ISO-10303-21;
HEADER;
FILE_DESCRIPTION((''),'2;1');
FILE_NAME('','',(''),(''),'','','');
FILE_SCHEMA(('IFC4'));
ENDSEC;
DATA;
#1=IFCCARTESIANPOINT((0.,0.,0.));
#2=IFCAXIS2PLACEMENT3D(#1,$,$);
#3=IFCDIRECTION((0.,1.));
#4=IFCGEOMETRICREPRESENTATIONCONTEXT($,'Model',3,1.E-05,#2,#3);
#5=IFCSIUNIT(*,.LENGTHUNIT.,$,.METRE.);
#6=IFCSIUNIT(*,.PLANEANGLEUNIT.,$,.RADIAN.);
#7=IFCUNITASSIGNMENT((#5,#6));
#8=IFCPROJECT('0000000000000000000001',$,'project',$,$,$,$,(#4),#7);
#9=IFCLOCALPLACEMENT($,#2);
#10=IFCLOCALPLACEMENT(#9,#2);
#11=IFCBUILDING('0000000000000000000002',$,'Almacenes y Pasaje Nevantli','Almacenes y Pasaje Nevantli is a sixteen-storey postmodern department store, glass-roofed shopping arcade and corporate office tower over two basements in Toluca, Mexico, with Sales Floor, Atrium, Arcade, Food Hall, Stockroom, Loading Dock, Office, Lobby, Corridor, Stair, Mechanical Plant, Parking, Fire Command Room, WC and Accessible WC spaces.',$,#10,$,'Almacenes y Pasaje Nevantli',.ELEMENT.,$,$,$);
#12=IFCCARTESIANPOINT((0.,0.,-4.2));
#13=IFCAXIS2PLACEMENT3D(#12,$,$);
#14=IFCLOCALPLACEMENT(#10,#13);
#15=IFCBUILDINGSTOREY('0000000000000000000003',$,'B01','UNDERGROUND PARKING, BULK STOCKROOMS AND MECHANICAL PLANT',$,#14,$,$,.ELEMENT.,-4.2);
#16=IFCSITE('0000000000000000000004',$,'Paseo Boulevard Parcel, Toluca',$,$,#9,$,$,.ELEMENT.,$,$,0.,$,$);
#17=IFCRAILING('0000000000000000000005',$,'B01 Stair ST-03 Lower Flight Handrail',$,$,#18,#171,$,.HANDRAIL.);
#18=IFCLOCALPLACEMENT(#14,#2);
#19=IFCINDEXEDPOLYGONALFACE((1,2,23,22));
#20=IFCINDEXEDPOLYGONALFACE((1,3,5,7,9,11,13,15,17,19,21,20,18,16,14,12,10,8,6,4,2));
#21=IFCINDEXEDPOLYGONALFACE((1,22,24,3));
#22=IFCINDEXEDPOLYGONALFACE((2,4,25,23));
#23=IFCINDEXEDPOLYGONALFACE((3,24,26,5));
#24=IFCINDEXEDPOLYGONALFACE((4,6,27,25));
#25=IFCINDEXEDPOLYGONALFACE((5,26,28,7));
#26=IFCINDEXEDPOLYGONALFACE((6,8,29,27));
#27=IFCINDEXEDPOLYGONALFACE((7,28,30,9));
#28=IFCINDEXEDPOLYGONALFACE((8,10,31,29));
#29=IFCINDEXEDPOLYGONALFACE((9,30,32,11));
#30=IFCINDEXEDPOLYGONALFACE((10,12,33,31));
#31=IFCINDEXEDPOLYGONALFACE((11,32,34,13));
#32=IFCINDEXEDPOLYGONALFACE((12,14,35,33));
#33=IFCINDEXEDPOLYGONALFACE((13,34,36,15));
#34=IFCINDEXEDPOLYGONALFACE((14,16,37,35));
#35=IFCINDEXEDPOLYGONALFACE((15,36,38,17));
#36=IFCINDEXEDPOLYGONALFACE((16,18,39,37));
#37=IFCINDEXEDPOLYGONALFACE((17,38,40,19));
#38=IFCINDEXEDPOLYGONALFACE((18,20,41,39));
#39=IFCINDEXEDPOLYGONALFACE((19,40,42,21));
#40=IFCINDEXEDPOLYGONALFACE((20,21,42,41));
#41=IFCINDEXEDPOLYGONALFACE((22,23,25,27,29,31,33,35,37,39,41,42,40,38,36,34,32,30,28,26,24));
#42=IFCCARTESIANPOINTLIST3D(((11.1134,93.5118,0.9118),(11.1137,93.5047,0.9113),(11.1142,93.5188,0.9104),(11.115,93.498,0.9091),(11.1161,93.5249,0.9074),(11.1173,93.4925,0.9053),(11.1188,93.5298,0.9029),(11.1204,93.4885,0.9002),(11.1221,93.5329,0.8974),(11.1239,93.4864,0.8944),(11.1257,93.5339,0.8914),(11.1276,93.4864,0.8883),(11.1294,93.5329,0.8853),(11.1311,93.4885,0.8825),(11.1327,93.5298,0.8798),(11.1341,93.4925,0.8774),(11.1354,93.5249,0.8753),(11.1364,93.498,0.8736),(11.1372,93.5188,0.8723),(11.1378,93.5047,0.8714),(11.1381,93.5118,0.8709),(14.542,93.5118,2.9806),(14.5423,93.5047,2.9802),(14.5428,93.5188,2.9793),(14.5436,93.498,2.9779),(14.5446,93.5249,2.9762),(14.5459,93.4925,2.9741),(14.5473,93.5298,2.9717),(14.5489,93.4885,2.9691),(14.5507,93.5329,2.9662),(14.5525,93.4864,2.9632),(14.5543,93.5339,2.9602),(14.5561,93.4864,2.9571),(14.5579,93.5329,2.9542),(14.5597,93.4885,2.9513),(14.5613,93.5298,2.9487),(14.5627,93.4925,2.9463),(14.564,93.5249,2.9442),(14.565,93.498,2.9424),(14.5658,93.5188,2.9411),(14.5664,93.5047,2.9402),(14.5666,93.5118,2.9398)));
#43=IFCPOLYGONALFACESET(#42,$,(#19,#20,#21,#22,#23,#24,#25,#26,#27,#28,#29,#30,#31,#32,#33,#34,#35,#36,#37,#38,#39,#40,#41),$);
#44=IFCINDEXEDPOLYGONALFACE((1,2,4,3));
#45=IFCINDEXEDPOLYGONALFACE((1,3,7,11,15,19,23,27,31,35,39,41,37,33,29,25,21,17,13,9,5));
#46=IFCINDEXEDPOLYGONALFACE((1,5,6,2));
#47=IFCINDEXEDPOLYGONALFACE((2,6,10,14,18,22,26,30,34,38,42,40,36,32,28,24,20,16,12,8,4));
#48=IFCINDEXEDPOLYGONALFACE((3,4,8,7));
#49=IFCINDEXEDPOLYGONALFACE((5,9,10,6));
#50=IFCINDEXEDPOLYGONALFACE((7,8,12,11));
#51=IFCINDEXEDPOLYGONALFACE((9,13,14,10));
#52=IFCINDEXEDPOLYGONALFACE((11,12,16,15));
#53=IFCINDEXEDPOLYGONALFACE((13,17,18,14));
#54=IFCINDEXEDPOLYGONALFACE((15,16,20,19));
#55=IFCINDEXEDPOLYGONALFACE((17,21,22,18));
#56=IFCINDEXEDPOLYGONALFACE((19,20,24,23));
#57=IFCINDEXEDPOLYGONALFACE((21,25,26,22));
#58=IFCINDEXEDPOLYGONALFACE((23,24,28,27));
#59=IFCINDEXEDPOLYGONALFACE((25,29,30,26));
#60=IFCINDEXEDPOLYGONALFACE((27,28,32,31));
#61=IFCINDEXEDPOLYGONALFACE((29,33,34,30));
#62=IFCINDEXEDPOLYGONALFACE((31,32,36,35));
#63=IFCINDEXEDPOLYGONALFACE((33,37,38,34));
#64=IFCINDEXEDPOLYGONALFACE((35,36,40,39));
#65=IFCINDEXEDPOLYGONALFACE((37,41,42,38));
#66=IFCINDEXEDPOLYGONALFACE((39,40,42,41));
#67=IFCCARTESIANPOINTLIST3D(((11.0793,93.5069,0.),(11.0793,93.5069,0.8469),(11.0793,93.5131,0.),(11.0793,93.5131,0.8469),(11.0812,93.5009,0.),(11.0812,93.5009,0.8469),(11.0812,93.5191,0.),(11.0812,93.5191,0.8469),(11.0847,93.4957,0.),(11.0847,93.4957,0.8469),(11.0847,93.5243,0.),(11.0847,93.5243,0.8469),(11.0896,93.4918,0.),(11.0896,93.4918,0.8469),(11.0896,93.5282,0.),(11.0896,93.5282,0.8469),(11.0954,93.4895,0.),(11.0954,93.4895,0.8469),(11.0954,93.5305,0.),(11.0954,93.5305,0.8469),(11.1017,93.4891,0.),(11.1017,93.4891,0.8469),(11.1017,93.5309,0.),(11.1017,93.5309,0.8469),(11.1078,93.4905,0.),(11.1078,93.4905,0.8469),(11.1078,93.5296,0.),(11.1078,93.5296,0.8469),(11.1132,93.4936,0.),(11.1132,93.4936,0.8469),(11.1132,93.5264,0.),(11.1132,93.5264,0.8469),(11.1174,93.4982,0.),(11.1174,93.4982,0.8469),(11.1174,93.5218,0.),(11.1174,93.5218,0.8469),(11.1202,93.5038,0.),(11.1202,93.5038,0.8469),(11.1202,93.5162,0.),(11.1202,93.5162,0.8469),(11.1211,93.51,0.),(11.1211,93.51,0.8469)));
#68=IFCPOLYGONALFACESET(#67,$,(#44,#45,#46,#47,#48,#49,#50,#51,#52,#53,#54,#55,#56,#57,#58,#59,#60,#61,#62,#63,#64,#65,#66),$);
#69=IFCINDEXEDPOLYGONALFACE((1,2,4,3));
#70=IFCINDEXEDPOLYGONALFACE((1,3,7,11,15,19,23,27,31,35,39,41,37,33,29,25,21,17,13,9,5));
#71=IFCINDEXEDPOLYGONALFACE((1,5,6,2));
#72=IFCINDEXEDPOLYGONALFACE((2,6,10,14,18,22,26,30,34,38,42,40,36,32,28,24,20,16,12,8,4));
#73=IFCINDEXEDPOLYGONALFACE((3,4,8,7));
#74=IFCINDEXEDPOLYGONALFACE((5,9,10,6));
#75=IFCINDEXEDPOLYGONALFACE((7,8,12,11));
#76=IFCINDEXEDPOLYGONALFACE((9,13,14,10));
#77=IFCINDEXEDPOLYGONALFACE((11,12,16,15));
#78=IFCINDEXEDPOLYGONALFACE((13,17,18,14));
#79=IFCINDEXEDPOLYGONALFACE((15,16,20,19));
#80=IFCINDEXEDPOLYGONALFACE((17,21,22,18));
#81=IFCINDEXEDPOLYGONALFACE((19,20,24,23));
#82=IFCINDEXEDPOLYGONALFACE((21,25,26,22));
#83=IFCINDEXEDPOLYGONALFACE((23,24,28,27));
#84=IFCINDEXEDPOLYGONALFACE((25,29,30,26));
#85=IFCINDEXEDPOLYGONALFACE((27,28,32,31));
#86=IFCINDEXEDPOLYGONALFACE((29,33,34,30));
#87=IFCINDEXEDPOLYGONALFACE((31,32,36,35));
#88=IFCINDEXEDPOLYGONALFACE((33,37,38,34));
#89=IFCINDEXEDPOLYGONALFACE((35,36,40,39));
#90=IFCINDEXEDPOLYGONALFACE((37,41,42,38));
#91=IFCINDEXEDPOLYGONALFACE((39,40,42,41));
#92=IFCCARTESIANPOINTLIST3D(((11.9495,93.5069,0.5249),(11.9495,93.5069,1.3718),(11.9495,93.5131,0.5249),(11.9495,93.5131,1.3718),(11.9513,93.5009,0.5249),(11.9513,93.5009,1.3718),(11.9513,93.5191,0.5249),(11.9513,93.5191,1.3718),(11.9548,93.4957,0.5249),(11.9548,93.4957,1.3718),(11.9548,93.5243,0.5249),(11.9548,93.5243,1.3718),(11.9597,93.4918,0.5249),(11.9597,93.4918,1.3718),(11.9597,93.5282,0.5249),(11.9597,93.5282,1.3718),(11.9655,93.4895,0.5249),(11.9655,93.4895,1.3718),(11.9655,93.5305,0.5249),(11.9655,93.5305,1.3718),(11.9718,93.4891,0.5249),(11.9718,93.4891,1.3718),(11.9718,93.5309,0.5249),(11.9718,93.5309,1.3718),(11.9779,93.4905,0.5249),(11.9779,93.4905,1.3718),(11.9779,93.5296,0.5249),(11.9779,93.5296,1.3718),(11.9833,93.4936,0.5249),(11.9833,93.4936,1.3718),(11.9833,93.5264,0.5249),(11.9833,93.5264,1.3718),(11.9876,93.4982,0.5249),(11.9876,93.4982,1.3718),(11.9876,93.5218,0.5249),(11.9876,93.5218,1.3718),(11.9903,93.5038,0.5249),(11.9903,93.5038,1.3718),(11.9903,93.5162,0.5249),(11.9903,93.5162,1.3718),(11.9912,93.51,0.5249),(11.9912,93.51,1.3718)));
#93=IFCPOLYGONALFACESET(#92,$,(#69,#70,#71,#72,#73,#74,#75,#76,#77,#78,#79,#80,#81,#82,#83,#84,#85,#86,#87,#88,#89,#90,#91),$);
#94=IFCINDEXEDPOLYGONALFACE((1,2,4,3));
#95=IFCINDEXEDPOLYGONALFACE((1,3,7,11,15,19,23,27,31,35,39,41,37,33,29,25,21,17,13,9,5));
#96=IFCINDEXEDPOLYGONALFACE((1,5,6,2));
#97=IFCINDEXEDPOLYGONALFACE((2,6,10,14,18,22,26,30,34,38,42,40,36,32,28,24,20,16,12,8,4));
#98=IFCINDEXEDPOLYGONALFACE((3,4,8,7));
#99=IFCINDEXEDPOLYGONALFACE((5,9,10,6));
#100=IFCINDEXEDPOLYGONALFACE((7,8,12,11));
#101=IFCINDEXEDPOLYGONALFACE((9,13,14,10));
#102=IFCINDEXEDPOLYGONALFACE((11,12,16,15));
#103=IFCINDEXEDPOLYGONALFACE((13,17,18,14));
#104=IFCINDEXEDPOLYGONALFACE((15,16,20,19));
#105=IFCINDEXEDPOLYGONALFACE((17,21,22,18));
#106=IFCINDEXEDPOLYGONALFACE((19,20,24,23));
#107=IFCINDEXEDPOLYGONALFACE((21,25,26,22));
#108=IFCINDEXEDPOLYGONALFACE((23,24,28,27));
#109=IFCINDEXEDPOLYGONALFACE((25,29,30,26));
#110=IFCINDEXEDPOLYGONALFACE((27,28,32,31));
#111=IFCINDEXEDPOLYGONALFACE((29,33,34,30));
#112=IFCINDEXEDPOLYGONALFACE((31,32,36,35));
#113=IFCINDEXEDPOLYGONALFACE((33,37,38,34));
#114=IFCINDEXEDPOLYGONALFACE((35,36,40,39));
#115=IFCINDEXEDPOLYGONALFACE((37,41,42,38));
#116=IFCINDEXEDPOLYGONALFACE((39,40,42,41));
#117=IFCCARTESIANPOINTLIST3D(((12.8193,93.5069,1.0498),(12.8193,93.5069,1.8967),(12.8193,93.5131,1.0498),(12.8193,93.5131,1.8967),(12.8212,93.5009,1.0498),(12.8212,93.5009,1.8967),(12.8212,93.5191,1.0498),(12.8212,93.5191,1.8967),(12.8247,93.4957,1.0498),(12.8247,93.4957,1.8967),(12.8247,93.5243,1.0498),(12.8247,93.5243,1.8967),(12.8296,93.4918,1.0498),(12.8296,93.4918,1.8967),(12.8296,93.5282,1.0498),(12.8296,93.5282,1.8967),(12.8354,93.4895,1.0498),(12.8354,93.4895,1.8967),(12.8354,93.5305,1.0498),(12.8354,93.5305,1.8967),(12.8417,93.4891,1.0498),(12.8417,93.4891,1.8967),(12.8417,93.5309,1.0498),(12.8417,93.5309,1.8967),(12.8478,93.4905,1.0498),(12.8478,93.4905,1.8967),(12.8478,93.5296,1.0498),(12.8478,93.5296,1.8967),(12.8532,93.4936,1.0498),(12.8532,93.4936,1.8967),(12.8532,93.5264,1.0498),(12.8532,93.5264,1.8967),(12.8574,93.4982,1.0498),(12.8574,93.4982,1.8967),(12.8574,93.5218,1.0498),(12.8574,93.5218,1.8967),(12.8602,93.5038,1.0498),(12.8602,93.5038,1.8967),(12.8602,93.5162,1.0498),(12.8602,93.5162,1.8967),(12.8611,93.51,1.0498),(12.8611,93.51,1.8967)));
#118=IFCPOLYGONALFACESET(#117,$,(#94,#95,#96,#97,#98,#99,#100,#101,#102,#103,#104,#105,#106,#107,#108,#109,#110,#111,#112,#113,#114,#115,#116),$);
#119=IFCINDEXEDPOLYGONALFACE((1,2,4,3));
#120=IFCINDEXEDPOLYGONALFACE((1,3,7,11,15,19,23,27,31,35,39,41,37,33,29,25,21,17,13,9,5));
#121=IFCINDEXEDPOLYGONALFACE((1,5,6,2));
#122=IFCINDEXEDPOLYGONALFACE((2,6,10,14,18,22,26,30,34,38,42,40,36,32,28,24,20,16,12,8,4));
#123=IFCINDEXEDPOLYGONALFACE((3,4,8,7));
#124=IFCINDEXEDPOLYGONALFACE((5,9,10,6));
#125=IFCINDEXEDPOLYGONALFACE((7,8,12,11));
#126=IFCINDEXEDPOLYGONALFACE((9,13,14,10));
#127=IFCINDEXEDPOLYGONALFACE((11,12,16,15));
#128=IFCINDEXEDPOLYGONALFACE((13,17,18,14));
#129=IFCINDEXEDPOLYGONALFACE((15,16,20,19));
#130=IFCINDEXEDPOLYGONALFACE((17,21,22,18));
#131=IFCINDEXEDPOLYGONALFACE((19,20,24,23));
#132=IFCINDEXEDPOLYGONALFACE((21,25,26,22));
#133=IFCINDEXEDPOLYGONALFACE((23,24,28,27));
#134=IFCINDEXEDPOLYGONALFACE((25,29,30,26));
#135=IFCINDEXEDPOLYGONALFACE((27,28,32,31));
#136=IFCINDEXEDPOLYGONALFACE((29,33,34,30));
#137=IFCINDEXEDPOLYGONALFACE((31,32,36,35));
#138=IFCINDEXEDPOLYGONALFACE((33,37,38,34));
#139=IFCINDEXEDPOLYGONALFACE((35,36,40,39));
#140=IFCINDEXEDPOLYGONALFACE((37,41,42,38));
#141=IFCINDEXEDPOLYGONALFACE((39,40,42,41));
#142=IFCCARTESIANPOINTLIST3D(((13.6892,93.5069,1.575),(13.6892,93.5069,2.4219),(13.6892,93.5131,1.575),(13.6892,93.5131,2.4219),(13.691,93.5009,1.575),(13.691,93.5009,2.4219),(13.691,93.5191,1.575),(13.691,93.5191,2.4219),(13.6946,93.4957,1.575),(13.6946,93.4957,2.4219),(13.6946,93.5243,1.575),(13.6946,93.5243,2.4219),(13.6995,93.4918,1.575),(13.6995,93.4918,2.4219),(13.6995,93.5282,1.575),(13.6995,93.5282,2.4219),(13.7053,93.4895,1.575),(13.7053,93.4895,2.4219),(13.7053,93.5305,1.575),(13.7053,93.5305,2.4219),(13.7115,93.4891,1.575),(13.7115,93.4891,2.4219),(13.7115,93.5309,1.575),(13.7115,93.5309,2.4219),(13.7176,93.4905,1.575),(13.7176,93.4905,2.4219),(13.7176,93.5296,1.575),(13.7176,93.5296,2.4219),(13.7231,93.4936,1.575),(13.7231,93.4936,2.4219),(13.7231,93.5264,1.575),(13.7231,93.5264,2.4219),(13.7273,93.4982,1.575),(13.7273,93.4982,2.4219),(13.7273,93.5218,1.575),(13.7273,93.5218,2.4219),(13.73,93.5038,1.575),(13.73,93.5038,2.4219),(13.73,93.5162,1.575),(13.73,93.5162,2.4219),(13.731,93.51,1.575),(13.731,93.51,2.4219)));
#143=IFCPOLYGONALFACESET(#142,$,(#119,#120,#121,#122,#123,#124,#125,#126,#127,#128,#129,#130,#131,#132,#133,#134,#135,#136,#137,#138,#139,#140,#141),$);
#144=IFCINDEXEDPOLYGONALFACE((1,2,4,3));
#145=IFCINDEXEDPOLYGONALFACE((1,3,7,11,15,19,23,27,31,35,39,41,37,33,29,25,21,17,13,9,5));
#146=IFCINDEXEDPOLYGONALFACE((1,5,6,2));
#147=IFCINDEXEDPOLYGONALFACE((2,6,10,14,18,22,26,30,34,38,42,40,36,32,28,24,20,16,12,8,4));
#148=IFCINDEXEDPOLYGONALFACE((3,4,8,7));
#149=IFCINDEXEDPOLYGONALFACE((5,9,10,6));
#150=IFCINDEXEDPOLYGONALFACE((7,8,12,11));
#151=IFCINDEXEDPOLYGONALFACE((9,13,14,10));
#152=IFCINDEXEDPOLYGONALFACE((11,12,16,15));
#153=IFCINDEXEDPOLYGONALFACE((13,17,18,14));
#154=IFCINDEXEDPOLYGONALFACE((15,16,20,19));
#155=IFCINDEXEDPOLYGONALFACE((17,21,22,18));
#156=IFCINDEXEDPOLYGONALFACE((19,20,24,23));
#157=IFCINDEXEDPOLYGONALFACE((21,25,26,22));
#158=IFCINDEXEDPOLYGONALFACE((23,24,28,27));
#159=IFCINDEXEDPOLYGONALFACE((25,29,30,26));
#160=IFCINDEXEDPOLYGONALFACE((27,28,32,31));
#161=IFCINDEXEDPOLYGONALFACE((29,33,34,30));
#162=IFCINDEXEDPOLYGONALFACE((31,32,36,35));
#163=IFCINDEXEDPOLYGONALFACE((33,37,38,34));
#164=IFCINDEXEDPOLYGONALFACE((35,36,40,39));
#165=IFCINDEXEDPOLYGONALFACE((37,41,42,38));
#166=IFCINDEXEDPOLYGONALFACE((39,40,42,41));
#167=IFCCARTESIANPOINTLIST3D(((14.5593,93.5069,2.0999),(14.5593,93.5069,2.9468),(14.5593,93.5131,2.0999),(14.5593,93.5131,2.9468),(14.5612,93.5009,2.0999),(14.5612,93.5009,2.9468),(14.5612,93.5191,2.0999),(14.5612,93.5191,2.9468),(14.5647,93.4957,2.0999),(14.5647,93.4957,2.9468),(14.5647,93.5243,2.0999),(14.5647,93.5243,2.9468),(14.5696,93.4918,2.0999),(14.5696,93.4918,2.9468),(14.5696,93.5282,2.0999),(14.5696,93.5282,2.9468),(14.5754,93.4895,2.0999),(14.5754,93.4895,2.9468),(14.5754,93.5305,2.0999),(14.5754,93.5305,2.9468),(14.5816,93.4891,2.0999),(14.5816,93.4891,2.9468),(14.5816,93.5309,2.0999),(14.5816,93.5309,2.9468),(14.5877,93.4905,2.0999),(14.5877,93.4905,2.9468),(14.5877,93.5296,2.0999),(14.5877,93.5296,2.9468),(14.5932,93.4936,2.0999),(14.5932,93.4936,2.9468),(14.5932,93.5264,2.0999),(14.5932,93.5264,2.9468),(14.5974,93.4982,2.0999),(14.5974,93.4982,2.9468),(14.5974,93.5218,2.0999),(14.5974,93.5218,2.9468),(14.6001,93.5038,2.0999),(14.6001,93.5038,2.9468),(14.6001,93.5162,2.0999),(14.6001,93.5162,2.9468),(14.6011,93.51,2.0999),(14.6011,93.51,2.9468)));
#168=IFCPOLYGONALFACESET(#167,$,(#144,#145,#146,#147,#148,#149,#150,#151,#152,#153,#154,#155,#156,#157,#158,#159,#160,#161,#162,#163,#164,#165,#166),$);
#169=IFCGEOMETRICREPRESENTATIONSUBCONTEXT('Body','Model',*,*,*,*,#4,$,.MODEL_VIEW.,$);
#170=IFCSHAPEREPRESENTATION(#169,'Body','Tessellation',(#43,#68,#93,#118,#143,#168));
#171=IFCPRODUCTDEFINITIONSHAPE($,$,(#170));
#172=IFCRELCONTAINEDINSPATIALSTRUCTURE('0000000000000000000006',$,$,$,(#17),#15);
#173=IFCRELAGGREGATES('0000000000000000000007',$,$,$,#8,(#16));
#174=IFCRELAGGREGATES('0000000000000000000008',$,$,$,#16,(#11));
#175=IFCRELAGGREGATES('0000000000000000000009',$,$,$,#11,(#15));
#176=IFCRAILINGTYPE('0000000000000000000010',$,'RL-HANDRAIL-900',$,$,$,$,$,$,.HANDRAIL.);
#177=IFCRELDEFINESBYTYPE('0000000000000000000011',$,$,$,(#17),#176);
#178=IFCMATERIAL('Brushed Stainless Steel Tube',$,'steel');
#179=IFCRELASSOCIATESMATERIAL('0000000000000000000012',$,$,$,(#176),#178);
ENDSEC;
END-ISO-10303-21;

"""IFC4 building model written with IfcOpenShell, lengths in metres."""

from ifc_helpers import new_model, si_unit, direction, frame, origin, origin_2d, place, context, subcontext, project, spatial, circle, extrude, material, type_object, element, save


model = new_model("IFC4")

# Units and contexts
model_context = context("Model", 3, precision=1e-05, world=origin(), true_north=direction((0.0, 1.0)))
body_context = subcontext(model_context, "Body", "Model", "MODEL_VIEW")
ifc_project = project(units=[si_unit("LENGTHUNIT", "METRE"), si_unit("PLANEANGLEUNIT", "RADIAN")], contexts=[model_context])

# Site, building, storey
site_placement = place(None, origin())
site = spatial("IfcSite", under=ifc_project, at=site_placement, Name="Paseo Boulevard Parcel, Toluca", CompositionType="ELEMENT", RefElevation=0.0)
building_placement = place(site_placement, origin())
building = spatial("IfcBuilding", under=site, at=building_placement, Name="Almacenes y Pasaje Nevantli", Description="Almacenes y Pasaje Nevantli is a sixteen-storey postmodern department store, glass-roofed shopping arcade and corporate office tower over two basements in Toluca, Mexico, with Sales Floor, Atrium, Arcade, Food Hall, Stockroom, Loading Dock, Office, Lobby, Corridor, Stair, Mechanical Plant, Parking, Fire Command Room, WC and Accessible WC spaces.", LongName="Almacenes y Pasaje Nevantli", CompositionType="ELEMENT")
storey_placement = place(building_placement, frame((0.0, 0.0, -4.2)))
storey = spatial("IfcBuildingStorey", under=building, at=storey_placement, Name="B01", Description="UNDERGROUND PARKING, BULK STOCKROOMS AND MECHANICAL PLANT", CompositionType="ELEMENT", Elevation=-4.2)

# Railing
ifc_material_1 = material(Name="Brushed Stainless Steel Tube", Category="steel")
railing_type_1 = type_object("IfcRailingType", Name="RL-HANDRAIL-900", PredefinedType="HANDRAIL", material=ifc_material_1)
railing_1_placement = place(storey_placement, frame((11.1001, 93.51, 0.0)))
element("IfcRailing", 1, at=railing_1_placement, inside=storey, type_object=railing_type_1, Name="B01 Stair ST-03 Lower Flight Handrail", PredefinedType="HANDRAIL", context=body_context, shape_type="SweptSolid", body=[
    extrude(circle(Radius=0.0239, at=origin_2d()), frame((0.0256, 0.0, 0.8914), z_axis=(0.856202, 0.0, 0.516641), x_axis=(0.0, 1.0, 0.0)), (0.0, 0.0, 1.0), 4.0044),
    extrude(circle(Radius=0.021, at=origin_2d()), origin(), (0.0, 0.0, 1.0), 0.8469),
    extrude(circle(Radius=0.021, at=origin_2d()), frame((0.8701, 0.0, 0.5249)), (0.0, 0.0, 1.0), 0.8469),
    extrude(circle(Radius=0.021, at=origin_2d()), frame((1.74, 0.0, 1.0498)), (0.0, 0.0, 1.0), 0.8469),
    extrude(circle(Radius=0.021, at=origin_2d()), frame((2.6099, 0.0, 1.575)), (0.0, 0.0, 1.0), 0.8469),
    extrude(circle(Radius=0.021, at=origin_2d()), frame((3.48, 0.0, 2.0999)), (0.0, 0.0, 1.0), 0.8469),
])

save(model, "model.ifc")
